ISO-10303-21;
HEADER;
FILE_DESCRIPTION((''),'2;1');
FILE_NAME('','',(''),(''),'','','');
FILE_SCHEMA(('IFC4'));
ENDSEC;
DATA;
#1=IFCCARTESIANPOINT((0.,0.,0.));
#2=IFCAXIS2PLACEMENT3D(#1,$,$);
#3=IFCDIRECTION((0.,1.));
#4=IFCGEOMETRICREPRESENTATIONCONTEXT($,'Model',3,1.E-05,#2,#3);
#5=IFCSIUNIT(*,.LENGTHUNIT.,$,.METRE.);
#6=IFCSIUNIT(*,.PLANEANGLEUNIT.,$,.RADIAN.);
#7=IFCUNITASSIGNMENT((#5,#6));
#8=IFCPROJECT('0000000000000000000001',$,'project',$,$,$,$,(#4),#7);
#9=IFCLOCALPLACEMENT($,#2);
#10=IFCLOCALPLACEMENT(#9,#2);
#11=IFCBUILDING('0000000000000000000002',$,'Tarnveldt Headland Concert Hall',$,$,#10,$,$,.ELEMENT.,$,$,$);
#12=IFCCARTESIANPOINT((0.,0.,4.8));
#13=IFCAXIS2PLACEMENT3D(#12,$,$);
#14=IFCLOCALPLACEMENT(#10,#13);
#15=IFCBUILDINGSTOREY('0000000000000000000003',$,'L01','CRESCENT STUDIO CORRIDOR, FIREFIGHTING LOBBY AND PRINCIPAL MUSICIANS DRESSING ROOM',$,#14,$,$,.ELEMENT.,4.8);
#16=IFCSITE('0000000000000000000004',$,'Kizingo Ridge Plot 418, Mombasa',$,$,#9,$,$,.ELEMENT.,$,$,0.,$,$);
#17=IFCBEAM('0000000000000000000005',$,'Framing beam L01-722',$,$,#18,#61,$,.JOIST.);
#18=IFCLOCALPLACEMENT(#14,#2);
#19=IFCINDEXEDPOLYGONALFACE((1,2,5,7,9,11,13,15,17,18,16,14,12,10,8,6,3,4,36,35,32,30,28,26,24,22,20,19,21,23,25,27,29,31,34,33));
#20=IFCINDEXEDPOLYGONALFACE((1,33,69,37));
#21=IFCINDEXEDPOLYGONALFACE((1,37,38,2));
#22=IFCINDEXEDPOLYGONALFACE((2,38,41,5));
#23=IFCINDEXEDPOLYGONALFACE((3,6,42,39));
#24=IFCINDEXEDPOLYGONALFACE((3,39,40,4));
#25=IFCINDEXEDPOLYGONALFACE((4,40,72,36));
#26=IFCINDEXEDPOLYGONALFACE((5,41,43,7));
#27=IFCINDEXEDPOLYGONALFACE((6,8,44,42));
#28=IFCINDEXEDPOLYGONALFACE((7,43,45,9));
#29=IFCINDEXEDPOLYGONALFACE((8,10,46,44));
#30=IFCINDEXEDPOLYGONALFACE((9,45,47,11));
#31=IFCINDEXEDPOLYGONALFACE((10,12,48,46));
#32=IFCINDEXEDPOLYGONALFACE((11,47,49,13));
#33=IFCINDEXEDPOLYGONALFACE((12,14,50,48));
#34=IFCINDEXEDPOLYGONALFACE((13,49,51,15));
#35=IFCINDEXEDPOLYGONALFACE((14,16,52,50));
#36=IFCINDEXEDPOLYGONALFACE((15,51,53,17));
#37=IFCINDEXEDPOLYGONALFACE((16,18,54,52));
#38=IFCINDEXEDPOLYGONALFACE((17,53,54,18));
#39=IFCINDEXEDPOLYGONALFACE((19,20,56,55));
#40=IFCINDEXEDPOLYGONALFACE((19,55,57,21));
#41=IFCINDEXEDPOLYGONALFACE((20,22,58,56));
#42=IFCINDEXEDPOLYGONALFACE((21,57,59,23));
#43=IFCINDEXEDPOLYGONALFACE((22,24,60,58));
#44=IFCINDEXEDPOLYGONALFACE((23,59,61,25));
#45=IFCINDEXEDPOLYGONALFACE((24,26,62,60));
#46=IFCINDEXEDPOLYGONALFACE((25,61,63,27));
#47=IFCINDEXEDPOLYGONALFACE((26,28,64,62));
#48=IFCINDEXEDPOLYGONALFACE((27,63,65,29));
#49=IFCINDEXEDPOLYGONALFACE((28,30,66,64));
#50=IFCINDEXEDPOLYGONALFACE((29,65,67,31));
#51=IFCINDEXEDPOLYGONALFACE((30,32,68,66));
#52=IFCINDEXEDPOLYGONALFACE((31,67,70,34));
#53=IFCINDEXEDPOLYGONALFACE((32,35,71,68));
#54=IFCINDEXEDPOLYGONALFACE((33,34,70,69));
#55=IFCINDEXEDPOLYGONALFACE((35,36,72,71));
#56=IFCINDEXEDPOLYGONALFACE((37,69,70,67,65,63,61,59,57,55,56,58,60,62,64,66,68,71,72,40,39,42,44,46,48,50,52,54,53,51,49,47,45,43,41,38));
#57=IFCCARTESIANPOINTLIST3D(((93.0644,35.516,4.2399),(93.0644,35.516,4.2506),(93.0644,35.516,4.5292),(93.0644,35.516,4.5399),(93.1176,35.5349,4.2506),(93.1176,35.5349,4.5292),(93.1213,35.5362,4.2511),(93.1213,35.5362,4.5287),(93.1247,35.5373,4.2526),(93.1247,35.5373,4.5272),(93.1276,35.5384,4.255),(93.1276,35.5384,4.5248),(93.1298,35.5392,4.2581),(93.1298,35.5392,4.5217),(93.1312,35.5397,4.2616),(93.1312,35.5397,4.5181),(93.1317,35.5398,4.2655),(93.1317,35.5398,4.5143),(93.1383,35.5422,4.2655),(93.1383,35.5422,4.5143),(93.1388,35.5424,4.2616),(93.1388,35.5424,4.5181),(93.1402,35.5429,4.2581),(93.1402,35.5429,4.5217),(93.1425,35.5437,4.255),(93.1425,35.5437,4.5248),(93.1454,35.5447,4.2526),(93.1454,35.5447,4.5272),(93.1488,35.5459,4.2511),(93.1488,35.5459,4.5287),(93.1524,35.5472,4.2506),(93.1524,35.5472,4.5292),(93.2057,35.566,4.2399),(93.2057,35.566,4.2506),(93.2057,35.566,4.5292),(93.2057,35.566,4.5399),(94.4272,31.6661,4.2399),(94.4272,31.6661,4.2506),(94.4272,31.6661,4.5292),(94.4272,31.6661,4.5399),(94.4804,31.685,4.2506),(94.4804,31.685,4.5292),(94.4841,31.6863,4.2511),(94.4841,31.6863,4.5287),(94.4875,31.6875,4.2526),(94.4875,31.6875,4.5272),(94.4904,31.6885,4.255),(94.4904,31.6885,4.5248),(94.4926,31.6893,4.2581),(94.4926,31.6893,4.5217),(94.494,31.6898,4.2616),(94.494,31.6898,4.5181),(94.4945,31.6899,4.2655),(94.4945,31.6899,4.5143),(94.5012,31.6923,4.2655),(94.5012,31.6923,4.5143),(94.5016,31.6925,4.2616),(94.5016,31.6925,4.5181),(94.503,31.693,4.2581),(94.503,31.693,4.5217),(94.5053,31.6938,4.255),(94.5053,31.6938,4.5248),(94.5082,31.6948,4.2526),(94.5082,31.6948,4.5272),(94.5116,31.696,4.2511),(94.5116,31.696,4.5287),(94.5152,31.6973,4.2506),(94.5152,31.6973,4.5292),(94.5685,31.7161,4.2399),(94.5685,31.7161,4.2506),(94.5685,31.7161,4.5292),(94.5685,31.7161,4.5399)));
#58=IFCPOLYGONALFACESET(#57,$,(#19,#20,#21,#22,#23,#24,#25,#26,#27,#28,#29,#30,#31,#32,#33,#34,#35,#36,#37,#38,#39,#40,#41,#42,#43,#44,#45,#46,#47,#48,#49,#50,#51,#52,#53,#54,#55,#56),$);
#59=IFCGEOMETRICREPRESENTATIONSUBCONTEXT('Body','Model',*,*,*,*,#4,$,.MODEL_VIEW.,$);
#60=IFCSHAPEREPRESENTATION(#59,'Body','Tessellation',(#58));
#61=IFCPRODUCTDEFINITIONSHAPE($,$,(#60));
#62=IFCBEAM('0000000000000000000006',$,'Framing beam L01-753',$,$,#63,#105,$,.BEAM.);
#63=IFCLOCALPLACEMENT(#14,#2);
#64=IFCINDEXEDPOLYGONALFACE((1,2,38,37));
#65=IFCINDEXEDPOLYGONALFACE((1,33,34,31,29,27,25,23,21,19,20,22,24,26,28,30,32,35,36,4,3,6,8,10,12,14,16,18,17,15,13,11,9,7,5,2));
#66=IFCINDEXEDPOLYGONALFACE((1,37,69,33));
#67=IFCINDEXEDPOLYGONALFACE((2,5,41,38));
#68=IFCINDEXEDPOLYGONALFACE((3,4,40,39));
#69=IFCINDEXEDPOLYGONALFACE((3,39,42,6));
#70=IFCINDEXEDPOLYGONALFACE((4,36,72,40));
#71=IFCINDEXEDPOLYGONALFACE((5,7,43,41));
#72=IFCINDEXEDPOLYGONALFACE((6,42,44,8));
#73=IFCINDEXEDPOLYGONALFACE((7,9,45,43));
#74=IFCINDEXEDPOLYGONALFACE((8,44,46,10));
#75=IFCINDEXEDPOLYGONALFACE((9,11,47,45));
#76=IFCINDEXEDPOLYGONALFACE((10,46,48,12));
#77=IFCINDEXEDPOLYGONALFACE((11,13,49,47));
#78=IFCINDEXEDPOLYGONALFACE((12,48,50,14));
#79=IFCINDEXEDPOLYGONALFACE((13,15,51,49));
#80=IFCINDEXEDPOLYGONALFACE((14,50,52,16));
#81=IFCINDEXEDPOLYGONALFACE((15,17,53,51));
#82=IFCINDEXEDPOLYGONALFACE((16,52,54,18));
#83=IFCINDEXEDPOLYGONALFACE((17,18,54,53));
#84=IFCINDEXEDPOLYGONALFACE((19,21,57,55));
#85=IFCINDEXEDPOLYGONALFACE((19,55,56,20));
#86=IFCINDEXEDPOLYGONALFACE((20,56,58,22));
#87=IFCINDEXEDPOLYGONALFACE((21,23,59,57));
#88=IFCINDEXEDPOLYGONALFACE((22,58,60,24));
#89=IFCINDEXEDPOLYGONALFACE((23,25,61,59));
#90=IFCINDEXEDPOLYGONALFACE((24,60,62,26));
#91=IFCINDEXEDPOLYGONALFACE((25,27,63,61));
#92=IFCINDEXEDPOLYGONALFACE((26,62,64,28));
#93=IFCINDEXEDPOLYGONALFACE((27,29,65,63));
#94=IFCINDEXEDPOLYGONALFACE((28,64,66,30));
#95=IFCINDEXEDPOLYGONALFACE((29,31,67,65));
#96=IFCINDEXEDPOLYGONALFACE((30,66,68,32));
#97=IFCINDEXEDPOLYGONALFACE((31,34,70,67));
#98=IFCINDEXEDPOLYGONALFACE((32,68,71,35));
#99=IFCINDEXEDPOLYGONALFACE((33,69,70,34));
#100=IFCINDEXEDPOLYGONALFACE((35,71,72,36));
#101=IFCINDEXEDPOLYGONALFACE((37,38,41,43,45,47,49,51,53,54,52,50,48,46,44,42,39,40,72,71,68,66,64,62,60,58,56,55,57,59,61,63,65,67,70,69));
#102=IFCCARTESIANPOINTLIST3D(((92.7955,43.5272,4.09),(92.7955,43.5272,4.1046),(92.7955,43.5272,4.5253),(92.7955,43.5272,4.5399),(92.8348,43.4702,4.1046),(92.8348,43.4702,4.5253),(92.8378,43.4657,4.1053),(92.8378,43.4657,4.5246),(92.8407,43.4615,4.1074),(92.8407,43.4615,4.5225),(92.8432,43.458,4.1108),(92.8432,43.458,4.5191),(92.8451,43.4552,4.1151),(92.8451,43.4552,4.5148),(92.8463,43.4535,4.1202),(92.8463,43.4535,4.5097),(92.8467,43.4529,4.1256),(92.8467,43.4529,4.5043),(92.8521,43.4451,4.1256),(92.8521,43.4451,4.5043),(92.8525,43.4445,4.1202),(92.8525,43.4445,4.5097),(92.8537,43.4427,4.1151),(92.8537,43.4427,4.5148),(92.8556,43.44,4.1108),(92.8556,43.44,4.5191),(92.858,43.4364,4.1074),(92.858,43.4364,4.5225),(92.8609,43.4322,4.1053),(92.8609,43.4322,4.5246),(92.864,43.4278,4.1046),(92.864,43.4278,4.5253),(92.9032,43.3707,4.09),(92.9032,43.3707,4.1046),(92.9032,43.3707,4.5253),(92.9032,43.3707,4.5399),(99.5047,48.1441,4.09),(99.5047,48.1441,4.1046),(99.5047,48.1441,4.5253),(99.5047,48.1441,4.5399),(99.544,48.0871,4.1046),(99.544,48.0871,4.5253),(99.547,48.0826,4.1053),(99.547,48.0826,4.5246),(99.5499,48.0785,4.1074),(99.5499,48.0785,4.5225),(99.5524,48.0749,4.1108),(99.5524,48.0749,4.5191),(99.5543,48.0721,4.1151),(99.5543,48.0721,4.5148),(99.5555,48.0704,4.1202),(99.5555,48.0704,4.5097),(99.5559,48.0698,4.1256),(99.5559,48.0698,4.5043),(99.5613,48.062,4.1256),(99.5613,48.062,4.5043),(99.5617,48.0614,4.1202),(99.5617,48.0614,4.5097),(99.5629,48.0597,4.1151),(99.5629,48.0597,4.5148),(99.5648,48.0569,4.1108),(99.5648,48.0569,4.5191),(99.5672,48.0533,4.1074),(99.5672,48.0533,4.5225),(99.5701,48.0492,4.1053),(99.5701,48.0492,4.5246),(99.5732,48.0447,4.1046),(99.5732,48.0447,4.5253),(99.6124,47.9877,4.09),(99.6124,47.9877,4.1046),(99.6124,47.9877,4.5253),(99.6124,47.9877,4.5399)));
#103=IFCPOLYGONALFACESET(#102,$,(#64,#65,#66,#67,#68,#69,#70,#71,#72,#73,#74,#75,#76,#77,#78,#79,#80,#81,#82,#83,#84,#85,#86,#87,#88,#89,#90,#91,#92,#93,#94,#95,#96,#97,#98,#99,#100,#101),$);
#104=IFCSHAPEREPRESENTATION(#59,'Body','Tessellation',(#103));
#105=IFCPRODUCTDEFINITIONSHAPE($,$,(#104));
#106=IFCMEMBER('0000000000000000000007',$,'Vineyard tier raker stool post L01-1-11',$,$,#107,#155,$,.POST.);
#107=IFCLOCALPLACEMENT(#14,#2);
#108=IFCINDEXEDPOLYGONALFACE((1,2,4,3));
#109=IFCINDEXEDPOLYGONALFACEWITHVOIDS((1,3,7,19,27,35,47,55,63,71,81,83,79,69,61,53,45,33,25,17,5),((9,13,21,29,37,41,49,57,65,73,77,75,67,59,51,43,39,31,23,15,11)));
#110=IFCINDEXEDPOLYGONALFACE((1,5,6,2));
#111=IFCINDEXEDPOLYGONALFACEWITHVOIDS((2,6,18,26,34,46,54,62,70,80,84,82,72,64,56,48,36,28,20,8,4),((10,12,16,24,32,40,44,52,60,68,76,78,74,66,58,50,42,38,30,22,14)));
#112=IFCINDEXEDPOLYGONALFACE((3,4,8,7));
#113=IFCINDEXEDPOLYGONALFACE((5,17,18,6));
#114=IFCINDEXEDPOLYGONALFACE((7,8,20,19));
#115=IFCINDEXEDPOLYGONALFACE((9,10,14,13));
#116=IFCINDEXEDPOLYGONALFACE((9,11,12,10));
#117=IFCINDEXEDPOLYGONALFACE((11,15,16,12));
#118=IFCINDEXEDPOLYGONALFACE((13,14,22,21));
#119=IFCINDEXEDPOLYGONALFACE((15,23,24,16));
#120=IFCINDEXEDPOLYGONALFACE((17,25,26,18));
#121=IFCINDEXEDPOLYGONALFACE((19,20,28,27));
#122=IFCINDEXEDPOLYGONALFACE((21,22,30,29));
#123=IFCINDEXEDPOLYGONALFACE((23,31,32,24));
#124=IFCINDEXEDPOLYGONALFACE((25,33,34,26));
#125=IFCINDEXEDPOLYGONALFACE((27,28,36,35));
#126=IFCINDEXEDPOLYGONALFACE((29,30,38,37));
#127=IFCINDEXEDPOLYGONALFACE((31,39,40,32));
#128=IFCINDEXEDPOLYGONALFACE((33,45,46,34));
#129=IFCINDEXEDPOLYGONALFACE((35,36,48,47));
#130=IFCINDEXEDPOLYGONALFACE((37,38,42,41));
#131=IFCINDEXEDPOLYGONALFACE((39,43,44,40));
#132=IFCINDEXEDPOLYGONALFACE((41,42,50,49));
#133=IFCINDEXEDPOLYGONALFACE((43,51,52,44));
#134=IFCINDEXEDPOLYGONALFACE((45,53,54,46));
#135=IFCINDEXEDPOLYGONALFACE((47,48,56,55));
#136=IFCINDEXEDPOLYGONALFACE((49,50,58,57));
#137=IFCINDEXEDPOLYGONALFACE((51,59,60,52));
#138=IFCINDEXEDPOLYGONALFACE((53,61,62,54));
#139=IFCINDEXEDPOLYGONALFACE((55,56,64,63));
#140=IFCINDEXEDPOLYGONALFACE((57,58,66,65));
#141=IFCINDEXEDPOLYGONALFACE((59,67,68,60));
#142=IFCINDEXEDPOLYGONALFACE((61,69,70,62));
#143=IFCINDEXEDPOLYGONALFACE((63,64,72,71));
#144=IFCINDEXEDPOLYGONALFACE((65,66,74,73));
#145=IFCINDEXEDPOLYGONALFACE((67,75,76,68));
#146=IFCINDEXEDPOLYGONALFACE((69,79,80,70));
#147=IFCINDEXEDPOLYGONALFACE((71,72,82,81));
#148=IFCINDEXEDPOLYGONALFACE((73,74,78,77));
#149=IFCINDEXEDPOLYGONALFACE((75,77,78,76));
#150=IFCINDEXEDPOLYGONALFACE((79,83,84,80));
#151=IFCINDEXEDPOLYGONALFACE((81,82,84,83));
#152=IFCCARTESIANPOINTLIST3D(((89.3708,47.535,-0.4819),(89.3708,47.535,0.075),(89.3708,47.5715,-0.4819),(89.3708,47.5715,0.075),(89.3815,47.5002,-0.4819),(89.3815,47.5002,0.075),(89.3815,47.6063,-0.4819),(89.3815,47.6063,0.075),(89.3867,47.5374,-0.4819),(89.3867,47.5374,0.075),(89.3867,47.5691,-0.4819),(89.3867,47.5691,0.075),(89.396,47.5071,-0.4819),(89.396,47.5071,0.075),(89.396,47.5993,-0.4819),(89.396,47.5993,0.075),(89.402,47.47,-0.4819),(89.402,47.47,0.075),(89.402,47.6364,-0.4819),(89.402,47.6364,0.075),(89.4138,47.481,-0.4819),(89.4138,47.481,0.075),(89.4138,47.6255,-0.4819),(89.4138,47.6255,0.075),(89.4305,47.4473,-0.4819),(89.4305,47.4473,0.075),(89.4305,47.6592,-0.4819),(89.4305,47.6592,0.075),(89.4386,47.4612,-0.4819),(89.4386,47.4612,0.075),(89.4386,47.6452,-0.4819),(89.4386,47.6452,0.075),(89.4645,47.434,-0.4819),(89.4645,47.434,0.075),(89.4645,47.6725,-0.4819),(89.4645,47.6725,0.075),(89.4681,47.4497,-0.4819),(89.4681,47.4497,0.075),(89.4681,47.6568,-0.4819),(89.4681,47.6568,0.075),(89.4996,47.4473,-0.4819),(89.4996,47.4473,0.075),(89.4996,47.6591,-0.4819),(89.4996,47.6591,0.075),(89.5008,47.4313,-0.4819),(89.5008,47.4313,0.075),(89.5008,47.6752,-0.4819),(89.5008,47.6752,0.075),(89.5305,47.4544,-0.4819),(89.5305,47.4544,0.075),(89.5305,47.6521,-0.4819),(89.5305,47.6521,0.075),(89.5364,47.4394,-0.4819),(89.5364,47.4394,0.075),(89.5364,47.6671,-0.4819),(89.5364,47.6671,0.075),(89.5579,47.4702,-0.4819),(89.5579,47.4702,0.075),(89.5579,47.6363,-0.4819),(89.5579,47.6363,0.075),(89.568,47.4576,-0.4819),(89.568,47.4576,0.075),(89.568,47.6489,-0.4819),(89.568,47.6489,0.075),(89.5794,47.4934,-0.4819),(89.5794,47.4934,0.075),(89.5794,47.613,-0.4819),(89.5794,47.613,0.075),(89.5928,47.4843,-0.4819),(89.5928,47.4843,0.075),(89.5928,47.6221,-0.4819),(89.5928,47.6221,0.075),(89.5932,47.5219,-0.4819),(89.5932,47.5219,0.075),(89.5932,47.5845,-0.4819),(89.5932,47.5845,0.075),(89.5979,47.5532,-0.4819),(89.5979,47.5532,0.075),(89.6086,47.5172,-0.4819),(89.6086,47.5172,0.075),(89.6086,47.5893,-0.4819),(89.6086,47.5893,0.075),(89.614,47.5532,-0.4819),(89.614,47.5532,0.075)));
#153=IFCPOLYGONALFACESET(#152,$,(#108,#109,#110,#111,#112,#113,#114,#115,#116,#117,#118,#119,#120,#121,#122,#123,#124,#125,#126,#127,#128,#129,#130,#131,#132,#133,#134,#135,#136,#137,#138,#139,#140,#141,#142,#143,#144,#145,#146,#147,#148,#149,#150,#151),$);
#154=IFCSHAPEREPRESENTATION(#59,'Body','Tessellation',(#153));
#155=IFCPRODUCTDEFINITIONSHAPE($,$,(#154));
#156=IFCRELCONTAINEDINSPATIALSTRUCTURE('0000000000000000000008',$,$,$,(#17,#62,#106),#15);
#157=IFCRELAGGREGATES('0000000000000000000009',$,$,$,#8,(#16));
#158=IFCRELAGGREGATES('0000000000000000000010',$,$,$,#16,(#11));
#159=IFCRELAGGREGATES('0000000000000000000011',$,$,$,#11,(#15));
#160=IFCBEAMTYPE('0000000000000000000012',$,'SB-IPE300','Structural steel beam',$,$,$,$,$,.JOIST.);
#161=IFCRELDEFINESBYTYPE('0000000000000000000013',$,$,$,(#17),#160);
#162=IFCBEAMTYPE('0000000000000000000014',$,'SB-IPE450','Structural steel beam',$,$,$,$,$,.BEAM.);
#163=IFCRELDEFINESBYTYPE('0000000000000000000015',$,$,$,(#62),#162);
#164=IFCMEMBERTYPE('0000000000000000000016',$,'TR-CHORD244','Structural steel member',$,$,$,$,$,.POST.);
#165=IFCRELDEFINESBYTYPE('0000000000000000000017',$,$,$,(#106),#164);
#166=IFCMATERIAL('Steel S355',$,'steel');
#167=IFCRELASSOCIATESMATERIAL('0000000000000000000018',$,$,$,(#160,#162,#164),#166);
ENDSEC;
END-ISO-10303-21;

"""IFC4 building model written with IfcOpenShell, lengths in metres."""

from ifc_helpers import new_model, si_unit, direction, frame, origin, origin_2d, place, context, subcontext, project, spatial, hollow_circle, i_section, extrude, material, material_profile, profile_set, type_object, element, save


model = new_model("IFC4")

# Units and contexts
model_context = context("Model", 3, precision=1e-05, world=origin(), true_north=direction((0.0, 1.0)))
body_context = subcontext(model_context, "Body", "Model", "MODEL_VIEW")
ifc_project = project(units=[si_unit("LENGTHUNIT", "METRE"), si_unit("PLANEANGLEUNIT", "RADIAN")], contexts=[model_context])

# Site, building, storey
site_placement = place(None, origin())
site = spatial("IfcSite", under=ifc_project, at=site_placement, Name="Kizingo Ridge Plot 418, Mombasa", CompositionType="ELEMENT", RefElevation=0.0)
building_placement = place(site_placement, origin())
building = spatial("IfcBuilding", under=site, at=building_placement, Name="Tarnveldt Headland Concert Hall", CompositionType="ELEMENT")
storey_placement = place(building_placement, frame((0.0, 0.0, 4.8)))
storey = spatial("IfcBuildingStorey", under=building, at=storey_placement, Name="L01", Description="CRESCENT STUDIO CORRIDOR, FIREFIGHTING LOBBY AND PRINCIPAL MUSICIANS DRESSING ROOM", CompositionType="ELEMENT", Elevation=4.8)

# Shared definitions
ifc_material_1 = material(Name="Steel S355", Category="steel")

# Beams
ifc_material_profile_1 = material_profile(ifc_material_1, i_section(OverallWidth=0.1499, OverallDepth=0.3, WebThickness=0.0071, FlangeThickness=0.0107, FilletRadius=0.0149, at=origin_2d()), Name="IPE300", Category="steel")
ifc_profile_set_1 = profile_set([ifc_material_profile_1], Name="Steel S355")
beam_type_1 = type_object("IfcBeamType", Name="SB-IPE300", Description="Structural steel beam", PredefinedType="JOIST", material=ifc_profile_set_1)
beam_1_placement = place(storey_placement, frame((93.135, 35.541, 4.3899), z_axis=(0.333696, -0.942681, 0.0), x_axis=(0.942681, 0.333696, 0.0)))
element("IfcBeam", 1, at=beam_1_placement, inside=storey, type_object=beam_type_1, Name="Framing beam L01-722", PredefinedType="JOIST", context=body_context, shape_type="SweptSolid", body=[
    extrude(i_section(OverallWidth=0.1499, OverallDepth=0.3, WebThickness=0.0071, FlangeThickness=0.0107, FilletRadius=0.0149, at=origin_2d()), origin(), (0.0, 0.0, 1.0), 4.084),
])
ifc_material_profile_2 = material_profile(ifc_material_1, i_section(OverallWidth=0.1899, OverallDepth=0.45, WebThickness=0.0095, FlangeThickness=0.0146, FilletRadius=0.021, at=origin_2d()), Name="IPE450", Category="steel")
ifc_profile_set_2 = profile_set([ifc_material_profile_2], Name="Steel S355")
beam_type_2 = type_object("IfcBeamType", Name="SB-IPE450", Description="Structural steel beam", PredefinedType="BEAM", material=ifc_profile_set_2)
beam_2_placement = place(storey_placement, frame((92.8494, 43.449, 4.3149), z_axis=(0.823793, 0.566891, 0.0), x_axis=(-0.566891, 0.823793, 0.0)))
element("IfcBeam", 2, at=beam_2_placement, inside=storey, type_object=beam_type_2, Name="Framing beam L01-753", PredefinedType="BEAM", context=body_context, shape_type="SweptSolid", body=[
    extrude(i_section(OverallWidth=0.1899, OverallDepth=0.45, WebThickness=0.0095, FlangeThickness=0.0146, FilletRadius=0.021, at=origin_2d()), origin(), (0.0, 0.0, 1.0), 8.1443),
])

# Member
ifc_material_profile_3 = material_profile(ifc_material_1, hollow_circle(Radius=0.1223, WallThickness=0.0161, at=origin_2d()), Name="CHS 244.5x16", Category="steel")
ifc_profile_set_3 = profile_set([ifc_material_profile_3], Name="Steel S355")
member_type = type_object("IfcMemberType", Name="TR-CHORD244", Description="Structural steel member", PredefinedType="POST", material=ifc_profile_set_3)
member_1_placement = place(storey_placement, frame((89.4917, 47.5532, -0.4819), z_axis=(0.0, 0.0, 1.0), x_axis=(1.0, 0.0, 0.0)))
element("IfcMember", 3, at=member_1_placement, inside=storey, type_object=member_type, Name="Vineyard tier raker stool post L01-1-11", PredefinedType="POST", context=body_context, shape_type="SweptSolid", body=[
    extrude(hollow_circle(Radius=0.1223, WallThickness=0.0161, at=origin_2d()), origin(), (0.0, 0.0, 1.0), 0.5569),
])

save(model, "model.ifc")
